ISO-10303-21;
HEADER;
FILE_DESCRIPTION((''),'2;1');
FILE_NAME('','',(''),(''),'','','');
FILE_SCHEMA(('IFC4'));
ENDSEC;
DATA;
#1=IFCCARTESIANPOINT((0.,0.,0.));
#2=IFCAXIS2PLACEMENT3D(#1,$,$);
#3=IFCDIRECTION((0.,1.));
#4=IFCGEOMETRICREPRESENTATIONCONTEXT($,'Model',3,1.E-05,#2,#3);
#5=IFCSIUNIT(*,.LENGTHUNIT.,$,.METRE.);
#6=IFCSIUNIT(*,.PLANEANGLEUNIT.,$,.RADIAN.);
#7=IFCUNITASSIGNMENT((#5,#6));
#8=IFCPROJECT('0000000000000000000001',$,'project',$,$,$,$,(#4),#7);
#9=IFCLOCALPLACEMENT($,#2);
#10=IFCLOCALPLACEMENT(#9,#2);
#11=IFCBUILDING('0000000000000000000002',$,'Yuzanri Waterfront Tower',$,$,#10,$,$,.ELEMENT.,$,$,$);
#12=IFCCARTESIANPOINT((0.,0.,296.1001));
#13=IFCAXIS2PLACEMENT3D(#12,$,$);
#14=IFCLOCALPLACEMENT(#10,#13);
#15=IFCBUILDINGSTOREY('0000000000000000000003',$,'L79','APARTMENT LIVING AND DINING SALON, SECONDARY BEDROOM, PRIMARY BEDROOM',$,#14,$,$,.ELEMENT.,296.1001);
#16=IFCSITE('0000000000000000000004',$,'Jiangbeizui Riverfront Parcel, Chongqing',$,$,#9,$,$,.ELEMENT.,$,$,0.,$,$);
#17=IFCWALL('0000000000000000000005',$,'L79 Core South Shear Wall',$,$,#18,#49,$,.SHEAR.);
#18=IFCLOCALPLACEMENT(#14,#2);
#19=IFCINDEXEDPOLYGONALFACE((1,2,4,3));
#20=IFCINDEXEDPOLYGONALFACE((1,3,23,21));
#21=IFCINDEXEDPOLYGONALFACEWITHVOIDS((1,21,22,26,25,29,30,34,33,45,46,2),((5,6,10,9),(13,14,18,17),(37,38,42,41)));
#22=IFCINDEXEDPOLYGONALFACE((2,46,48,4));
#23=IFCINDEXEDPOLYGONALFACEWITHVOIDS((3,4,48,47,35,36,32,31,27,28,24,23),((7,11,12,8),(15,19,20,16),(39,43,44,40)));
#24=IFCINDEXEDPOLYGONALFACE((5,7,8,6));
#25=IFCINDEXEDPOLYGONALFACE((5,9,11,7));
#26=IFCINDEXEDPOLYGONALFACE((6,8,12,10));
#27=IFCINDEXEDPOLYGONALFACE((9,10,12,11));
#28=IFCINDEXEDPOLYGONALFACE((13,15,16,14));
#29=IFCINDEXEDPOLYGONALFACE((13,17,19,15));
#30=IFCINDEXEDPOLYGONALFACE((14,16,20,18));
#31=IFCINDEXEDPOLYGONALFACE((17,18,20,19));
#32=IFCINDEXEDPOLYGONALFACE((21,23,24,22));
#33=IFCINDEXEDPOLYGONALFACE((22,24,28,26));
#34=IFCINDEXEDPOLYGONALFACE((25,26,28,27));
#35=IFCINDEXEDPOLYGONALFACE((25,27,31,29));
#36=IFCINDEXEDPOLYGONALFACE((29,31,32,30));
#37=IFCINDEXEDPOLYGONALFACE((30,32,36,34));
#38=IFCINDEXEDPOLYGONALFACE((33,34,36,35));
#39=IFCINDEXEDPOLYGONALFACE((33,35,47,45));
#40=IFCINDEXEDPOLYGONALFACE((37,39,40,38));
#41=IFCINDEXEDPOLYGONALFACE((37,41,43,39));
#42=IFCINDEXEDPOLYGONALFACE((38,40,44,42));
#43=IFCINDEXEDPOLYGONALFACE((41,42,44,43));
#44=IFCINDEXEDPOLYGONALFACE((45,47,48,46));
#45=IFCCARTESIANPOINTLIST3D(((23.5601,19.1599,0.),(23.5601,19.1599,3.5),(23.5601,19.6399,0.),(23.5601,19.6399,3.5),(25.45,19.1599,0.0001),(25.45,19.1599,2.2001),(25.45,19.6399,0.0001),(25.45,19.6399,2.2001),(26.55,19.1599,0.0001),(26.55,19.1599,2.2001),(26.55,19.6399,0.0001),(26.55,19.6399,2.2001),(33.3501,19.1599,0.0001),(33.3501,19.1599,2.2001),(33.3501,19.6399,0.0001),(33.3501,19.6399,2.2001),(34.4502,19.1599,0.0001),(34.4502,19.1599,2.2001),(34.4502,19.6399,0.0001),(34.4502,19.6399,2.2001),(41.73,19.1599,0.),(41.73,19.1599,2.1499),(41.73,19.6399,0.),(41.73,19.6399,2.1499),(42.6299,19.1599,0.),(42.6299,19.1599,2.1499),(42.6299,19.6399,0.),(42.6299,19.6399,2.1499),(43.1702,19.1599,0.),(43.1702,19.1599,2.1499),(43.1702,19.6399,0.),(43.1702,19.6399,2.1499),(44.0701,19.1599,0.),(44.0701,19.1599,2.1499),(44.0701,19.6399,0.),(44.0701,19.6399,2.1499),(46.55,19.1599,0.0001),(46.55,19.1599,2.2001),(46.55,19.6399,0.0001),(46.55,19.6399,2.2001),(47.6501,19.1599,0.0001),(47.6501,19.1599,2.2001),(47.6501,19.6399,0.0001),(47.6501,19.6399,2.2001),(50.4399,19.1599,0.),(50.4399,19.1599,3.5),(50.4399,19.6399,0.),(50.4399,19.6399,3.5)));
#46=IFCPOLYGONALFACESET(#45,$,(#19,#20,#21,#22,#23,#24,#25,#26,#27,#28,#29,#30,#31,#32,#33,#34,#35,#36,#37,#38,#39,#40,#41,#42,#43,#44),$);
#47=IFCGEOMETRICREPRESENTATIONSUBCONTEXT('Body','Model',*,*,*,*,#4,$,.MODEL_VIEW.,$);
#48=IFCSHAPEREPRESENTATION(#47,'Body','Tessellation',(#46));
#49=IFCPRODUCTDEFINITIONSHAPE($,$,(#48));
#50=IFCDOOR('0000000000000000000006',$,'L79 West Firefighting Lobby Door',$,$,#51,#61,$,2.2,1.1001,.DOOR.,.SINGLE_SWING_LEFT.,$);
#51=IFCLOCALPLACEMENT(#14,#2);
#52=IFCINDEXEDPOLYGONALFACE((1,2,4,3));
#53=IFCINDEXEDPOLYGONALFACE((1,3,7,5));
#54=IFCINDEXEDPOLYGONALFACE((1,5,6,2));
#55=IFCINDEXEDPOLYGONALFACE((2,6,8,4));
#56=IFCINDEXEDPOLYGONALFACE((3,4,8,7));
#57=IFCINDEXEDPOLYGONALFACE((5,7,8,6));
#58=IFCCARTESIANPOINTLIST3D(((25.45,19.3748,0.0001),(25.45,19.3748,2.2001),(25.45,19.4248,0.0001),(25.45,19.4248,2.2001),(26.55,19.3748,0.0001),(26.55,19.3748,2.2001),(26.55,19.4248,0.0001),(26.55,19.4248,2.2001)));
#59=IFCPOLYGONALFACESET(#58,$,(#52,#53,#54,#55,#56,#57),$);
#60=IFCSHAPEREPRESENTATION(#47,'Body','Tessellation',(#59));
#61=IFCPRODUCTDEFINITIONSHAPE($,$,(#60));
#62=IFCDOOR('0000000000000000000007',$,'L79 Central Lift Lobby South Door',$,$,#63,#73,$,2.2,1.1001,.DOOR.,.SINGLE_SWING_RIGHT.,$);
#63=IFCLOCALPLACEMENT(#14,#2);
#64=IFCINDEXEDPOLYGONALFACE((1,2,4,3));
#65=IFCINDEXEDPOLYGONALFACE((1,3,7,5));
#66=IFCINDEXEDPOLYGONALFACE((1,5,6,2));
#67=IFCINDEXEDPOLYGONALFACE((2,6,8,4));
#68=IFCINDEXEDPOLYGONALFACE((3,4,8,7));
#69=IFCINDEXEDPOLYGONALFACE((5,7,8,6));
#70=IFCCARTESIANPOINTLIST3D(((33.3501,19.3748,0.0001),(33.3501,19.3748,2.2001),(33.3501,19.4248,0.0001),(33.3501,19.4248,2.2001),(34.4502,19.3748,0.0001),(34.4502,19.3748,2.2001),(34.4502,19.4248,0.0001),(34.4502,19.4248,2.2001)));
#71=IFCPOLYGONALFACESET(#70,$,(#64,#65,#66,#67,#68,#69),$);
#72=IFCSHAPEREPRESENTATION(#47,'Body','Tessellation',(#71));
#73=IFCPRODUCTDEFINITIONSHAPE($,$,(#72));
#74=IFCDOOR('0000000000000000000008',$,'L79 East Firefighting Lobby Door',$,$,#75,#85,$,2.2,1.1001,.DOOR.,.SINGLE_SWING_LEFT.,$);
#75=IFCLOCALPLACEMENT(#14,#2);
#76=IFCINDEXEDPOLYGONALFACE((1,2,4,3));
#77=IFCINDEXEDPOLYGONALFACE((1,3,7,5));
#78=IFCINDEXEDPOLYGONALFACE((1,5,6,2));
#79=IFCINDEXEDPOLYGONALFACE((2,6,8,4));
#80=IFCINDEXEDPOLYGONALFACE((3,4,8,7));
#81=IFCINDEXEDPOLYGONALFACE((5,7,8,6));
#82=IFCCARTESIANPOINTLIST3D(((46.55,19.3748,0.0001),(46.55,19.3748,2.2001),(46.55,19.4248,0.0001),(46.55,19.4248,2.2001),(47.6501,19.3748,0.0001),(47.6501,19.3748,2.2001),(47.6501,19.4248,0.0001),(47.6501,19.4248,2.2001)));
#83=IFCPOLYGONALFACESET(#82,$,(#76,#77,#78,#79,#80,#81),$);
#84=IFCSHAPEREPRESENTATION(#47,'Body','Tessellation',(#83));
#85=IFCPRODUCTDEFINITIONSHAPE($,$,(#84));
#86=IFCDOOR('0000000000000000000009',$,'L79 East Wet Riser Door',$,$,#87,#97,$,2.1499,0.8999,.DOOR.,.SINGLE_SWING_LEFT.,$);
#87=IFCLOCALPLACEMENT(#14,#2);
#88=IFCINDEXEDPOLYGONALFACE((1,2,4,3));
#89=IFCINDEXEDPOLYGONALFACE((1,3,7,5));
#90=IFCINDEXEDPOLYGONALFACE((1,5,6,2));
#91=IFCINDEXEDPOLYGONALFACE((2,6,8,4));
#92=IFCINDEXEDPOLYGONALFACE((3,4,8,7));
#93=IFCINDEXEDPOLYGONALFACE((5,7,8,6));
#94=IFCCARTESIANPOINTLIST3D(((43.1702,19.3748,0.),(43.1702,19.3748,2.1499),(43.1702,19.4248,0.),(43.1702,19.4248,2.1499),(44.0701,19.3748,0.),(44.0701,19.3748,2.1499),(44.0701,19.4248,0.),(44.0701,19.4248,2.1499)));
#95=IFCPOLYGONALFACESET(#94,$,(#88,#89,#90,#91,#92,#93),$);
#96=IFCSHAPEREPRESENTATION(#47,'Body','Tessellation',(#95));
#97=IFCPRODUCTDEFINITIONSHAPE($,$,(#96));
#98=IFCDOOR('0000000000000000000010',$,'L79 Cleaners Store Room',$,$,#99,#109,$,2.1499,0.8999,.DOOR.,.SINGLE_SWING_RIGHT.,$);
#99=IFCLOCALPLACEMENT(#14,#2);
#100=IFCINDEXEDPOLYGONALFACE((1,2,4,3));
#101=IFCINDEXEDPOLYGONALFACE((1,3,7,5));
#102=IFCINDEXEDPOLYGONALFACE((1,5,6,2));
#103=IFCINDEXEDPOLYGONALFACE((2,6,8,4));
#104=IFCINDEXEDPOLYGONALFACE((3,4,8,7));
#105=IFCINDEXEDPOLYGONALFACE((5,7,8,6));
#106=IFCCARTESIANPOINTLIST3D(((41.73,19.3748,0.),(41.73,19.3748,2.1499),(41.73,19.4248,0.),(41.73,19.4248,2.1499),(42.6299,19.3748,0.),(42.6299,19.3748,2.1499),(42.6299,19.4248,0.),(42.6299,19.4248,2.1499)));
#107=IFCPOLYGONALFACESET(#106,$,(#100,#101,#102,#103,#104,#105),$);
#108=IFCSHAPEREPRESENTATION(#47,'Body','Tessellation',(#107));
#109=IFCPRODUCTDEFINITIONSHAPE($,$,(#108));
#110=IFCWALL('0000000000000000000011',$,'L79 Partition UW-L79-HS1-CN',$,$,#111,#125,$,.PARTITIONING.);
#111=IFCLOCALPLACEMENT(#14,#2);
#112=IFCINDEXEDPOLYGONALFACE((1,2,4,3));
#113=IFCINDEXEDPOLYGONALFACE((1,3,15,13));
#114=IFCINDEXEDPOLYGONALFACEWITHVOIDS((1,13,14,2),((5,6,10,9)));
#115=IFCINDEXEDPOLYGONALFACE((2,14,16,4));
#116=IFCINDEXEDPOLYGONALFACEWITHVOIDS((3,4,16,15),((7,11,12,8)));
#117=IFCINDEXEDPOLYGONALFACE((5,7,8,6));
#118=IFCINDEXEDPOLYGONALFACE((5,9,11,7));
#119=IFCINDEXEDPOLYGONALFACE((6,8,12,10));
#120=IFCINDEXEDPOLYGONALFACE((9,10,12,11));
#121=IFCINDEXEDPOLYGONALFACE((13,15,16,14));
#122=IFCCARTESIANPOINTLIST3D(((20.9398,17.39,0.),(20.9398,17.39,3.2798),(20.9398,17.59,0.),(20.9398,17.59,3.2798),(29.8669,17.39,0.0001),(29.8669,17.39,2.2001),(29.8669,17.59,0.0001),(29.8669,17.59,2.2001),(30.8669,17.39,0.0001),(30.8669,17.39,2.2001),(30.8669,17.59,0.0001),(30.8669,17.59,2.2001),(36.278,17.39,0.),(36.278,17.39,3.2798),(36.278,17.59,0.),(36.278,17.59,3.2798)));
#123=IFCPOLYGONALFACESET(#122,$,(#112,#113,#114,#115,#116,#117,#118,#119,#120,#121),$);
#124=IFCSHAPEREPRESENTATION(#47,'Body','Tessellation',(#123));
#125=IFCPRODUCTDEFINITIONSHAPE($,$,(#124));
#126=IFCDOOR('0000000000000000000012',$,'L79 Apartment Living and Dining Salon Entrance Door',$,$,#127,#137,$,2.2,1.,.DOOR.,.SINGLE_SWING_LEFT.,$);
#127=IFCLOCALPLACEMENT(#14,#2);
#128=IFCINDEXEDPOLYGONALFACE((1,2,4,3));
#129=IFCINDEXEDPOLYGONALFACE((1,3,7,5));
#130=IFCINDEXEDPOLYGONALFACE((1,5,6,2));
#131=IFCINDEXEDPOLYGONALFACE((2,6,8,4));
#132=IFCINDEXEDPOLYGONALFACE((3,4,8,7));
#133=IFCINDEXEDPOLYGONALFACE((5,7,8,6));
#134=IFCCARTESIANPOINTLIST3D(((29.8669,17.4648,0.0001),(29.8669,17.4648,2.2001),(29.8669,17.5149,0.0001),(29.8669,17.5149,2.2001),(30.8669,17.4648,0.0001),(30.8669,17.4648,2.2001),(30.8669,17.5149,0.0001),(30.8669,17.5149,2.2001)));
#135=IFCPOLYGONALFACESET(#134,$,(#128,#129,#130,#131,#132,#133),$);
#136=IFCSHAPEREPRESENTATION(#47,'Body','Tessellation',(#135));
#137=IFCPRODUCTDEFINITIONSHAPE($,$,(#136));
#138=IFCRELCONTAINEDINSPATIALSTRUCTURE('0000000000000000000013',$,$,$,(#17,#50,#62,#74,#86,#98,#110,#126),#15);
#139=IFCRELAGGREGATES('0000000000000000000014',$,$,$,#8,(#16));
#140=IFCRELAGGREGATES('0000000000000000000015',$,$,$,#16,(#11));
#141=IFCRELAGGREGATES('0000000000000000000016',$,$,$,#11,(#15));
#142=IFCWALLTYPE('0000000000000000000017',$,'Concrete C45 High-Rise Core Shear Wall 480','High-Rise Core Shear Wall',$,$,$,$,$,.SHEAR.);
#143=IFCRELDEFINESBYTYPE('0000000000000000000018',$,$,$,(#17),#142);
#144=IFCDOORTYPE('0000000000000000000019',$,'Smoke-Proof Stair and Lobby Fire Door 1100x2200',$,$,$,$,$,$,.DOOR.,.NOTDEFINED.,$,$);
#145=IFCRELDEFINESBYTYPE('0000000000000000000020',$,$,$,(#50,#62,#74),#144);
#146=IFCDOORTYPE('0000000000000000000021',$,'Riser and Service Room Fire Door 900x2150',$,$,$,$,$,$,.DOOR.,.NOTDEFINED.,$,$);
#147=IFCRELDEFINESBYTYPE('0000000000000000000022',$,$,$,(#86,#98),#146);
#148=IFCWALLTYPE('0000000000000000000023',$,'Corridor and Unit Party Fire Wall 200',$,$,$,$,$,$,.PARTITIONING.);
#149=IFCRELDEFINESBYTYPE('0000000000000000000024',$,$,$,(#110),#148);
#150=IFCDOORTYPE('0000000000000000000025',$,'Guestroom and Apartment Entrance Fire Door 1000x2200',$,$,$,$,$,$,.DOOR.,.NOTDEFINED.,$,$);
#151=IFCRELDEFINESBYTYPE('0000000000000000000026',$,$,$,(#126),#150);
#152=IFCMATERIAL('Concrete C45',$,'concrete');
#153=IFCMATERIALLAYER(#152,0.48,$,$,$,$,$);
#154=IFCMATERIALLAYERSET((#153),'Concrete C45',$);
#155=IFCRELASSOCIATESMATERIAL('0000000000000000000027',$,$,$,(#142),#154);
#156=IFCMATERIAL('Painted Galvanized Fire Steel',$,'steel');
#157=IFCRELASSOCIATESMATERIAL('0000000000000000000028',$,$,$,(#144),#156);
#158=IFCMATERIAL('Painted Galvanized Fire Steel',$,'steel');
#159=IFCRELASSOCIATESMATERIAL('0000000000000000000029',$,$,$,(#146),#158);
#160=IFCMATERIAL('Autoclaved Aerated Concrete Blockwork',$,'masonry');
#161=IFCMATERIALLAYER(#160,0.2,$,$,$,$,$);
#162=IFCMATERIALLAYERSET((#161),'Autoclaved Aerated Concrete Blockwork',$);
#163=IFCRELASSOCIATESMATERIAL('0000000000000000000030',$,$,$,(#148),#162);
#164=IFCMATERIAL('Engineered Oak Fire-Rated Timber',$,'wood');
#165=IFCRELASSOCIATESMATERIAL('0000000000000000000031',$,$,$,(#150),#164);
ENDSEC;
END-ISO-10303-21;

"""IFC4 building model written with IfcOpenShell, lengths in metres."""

from ifc_helpers import new_model, si_unit, direction, frame, frame_2d, origin, place, context, subcontext, project, spatial, rectangle, extrude, source, transform, mapped, material, layer, layer_set, type_object, element, fill, save


model = new_model("IFC4")

# Units and contexts
model_context = context("Model", 3, precision=1e-05, world=origin(), true_north=direction((0.0, 1.0)))
body_context = subcontext(model_context, "Body", "Model", "MODEL_VIEW")
ifc_project = project(units=[si_unit("LENGTHUNIT", "METRE"), si_unit("PLANEANGLEUNIT", "RADIAN")], contexts=[model_context])

# Site, building, storey
site_placement = place(None, origin())
site = spatial("IfcSite", under=ifc_project, at=site_placement, Name="Jiangbeizui Riverfront Parcel, Chongqing", CompositionType="ELEMENT", RefElevation=0.0)
building_placement = place(site_placement, origin())
building = spatial("IfcBuilding", under=site, at=building_placement, Name="Yuzanri Waterfront Tower", CompositionType="ELEMENT")
storey_placement = place(building_placement, frame((0.0, 0.0, 296.1001)))
storey = spatial("IfcBuildingStorey", under=building, at=storey_placement, Name="L79", Description="APARTMENT LIVING AND DINING SALON, SECONDARY BEDROOM, PRIMARY BEDROOM", CompositionType="ELEMENT", Elevation=296.1001)

# Wall, openings, doors
ifc_material_1 = material(Name="Concrete C45", Category="concrete")
ifc_layer_1 = layer(ifc_material_1, 0.48)
ifc_layer_set_1 = layer_set([ifc_layer_1], Name="Concrete C45")
wall_type_1 = type_object("IfcWallType", Name="Concrete C45 High-Rise Core Shear Wall 480", Description="High-Rise Core Shear Wall", PredefinedType="SHEAR", material=ifc_layer_set_1)
wall_1_placement = place(storey_placement, frame((23.5601, 19.3999, 0.0), z_axis=(0.0, 0.0, 1.0), x_axis=(1.0, 0.0, 0.0)))
wall_1 = element("IfcWall", 1, at=wall_1_placement, inside=storey, type_object=wall_type_1, Name="L79 Core South Shear Wall", PredefinedType="SHEAR", context=body_context, shape_type="SweptSolid", body=[
    extrude(rectangle(XDim=26.8799, YDim=0.48, at=frame_2d((13.4399, 0.0))), origin(), (0.0, 0.0, 1.0), 3.5),
])
opening_1_placement = place(wall_1_placement, frame((1.8899, 0.0, 0.0)))
opening_1 = element("IfcOpeningElement", 2, at=opening_1_placement, cuts=wall_1, PredefinedType="OPENING", context=body_context, shape_type="SweptSolid", body=[
    extrude(rectangle(XDim=1.1001, YDim=2.2, at=frame_2d((0.55, 1.1001))), frame((0.0, 0.2549, 0.0), z_axis=(0.0, -1.0, 0.0), x_axis=(1.0, 0.0, 0.0)), (0.0, 0.0, 1.0), 0.5098),
])
opening_2_placement = place(wall_1_placement, frame((9.79, 0.0, 0.0)))
opening_2 = element("IfcOpeningElement", 3, at=opening_2_placement, cuts=wall_1, PredefinedType="OPENING", context=body_context, shape_type="SweptSolid", body=[
    extrude(rectangle(XDim=1.1001, YDim=2.2, at=frame_2d((0.55, 1.1001))), frame((0.0, 0.2549, 0.0), z_axis=(0.0, -1.0, 0.0), x_axis=(1.0, 0.0, 0.0)), (0.0, 0.0, 1.0), 0.5098),
])
opening_3_placement = place(wall_1_placement, frame((22.99, 0.0, 0.0)))
opening_3 = element("IfcOpeningElement", 4, at=opening_3_placement, cuts=wall_1, PredefinedType="OPENING", context=body_context, shape_type="SweptSolid", body=[
    extrude(rectangle(XDim=1.1001, YDim=2.2, at=frame_2d((0.55, 1.1001))), frame((0.0, 0.2549, 0.0), z_axis=(0.0, -1.0, 0.0), x_axis=(1.0, 0.0, 0.0)), (0.0, 0.0, 1.0), 0.5098),
])
opening_4_placement = place(wall_1_placement, frame((19.6101, 0.0, 0.0)))
opening_4 = element("IfcOpeningElement", 5, at=opening_4_placement, cuts=wall_1, PredefinedType="OPENING", context=body_context, shape_type="SweptSolid", body=[
    extrude(rectangle(XDim=0.8999, YDim=2.1499, at=frame_2d((0.45, 1.075))), frame((0.0, 0.2549, 0.0), z_axis=(0.0, -1.0, 0.0), x_axis=(1.0, 0.0, 0.0)), (0.0, 0.0, 1.0), 0.5098),
])
opening_5_placement = place(wall_1_placement, frame((18.1699, 0.0, 0.0)))
opening_5 = element("IfcOpeningElement", 6, at=opening_5_placement, cuts=wall_1, PredefinedType="OPENING", context=body_context, shape_type="SweptSolid", body=[
    extrude(rectangle(XDim=0.8999, YDim=2.1499, at=frame_2d((0.45, 1.075))), frame((0.0, 0.2549, 0.0), z_axis=(0.0, -1.0, 0.0), x_axis=(1.0, 0.0, 0.0)), (0.0, 0.0, 1.0), 0.5098),
])
ifc_material_2 = material(Name="Painted Galvanized Fire Steel", Category="steel")
door_type_1 = type_object("IfcDoorType", Name="Smoke-Proof Stair and Lobby Fire Door 1100x2200", OperationType="NOTDEFINED", PredefinedType="DOOR", material=ifc_material_2)
shared_shape_1 = source(origin(), body_context, "Body", "SweptSolid", [
    extrude(rectangle(XDim=1.1001, YDim=2.2, at=frame_2d((0.55, 1.1001))), frame((0.0, 0.0249, 0.0), z_axis=(0.0, -1.0, 0.0), x_axis=(1.0, 0.0, 0.0)), (0.0, 0.0, 1.0), 0.05),
])
door_1_placement = place(opening_1_placement, origin())
door_1 = element("IfcDoor", 7, at=door_1_placement, inside=storey, type_object=door_type_1, Name="L79 West Firefighting Lobby Door", OperationType="SINGLE_SWING_LEFT", OverallHeight=2.2, OverallWidth=1.1001, PredefinedType="DOOR", context=body_context, shape_type="MappedRepresentation", body=[
    mapped(shared_shape_1, transform((0.0, 0.0, 0.0), scale=1.0)),
])
fill(opening_1, door_1)
door_2_placement = place(opening_2_placement, origin())
door_2 = element("IfcDoor", 8, at=door_2_placement, inside=storey, type_object=door_type_1, Name="L79 Central Lift Lobby South Door", OperationType="SINGLE_SWING_RIGHT", OverallHeight=2.2, OverallWidth=1.1001, PredefinedType="DOOR", context=body_context, shape_type="MappedRepresentation", body=[
    mapped(shared_shape_1, transform((0.0, 0.0, 0.0), scale=1.0)),
])
fill(opening_2, door_2)
door_3_placement = place(opening_3_placement, origin())
door_3 = element("IfcDoor", 9, at=door_3_placement, inside=storey, type_object=door_type_1, Name="L79 East Firefighting Lobby Door", OperationType="SINGLE_SWING_LEFT", OverallHeight=2.2, OverallWidth=1.1001, PredefinedType="DOOR", context=body_context, shape_type="MappedRepresentation", body=[
    mapped(shared_shape_1, transform((0.0, 0.0, 0.0), scale=1.0)),
])
fill(opening_3, door_3)
ifc_material_3 = material(Name="Painted Galvanized Fire Steel", Category="steel")
door_type_2 = type_object("IfcDoorType", Name="Riser and Service Room Fire Door 900x2150", OperationType="NOTDEFINED", PredefinedType="DOOR", material=ifc_material_3)
shared_shape_2 = source(origin(), body_context, "Body", "SweptSolid", [
    extrude(rectangle(XDim=0.8999, YDim=2.1499, at=frame_2d((0.45, 1.075))), frame((0.0, 0.0249, 0.0), z_axis=(0.0, -1.0, 0.0), x_axis=(1.0, 0.0, 0.0)), (0.0, 0.0, 1.0), 0.05),
])
door_4_placement = place(opening_4_placement, origin())
door_4 = element("IfcDoor", 10, at=door_4_placement, inside=storey, type_object=door_type_2, Name="L79 East Wet Riser Door", OperationType="SINGLE_SWING_LEFT", OverallHeight=2.1499, OverallWidth=0.8999, PredefinedType="DOOR", context=body_context, shape_type="MappedRepresentation", body=[
    mapped(shared_shape_2, transform((0.0, 0.0, 0.0), scale=1.0)),
])
fill(opening_4, door_4)
door_5_placement = place(opening_5_placement, origin())
door_5 = element("IfcDoor", 11, at=door_5_placement, inside=storey, type_object=door_type_2, Name="L79 Cleaners Store Room", OperationType="SINGLE_SWING_RIGHT", OverallHeight=2.1499, OverallWidth=0.8999, PredefinedType="DOOR", context=body_context, shape_type="MappedRepresentation", body=[
    mapped(shared_shape_2, transform((0.0, 0.0, 0.0), scale=1.0)),
])
fill(opening_5, door_5)

# Wall, opening, door
ifc_material_4 = material(Name="Autoclaved Aerated Concrete Blockwork", Category="masonry")
ifc_layer_2 = layer(ifc_material_4, 0.2)
ifc_layer_set_2 = layer_set([ifc_layer_2], Name="Autoclaved Aerated Concrete Blockwork")
wall_type_2 = type_object("IfcWallType", Name="Corridor and Unit Party Fire Wall 200", PredefinedType="PARTITIONING", material=ifc_layer_set_2)
wall_2_placement = place(storey_placement, frame((20.9399, 17.49, 0.0), z_axis=(0.0, 0.0, 1.0), x_axis=(1.0, 0.0, 0.0)))
wall_2 = element("IfcWall", 12, at=wall_2_placement, inside=storey, type_object=wall_type_2, Name="L79 Partition UW-L79-HS1-CN", PredefinedType="PARTITIONING", context=body_context, shape_type="SweptSolid", body=[
    extrude(rectangle(XDim=15.3381, YDim=0.2, at=frame_2d((7.6689, 0.0))), origin(), (0.0, 0.0, 1.0), 3.2798),
])
opening_6_placement = place(wall_2_placement, frame((8.927, 0.0, 0.0)))
opening_6 = element("IfcOpeningElement", 13, at=opening_6_placement, cuts=wall_2, PredefinedType="OPENING", context=body_context, shape_type="SweptSolid", body=[
    extrude(rectangle(XDim=1.0, YDim=2.2, at=frame_2d((0.5, 1.1001))), frame((0.0, 0.1147, 0.0), z_axis=(0.0, -1.0, 0.0), x_axis=(1.0, 0.0, 0.0)), (0.0, 0.0, 1.0), 0.2297),
])
ifc_material_5 = material(Name="Engineered Oak Fire-Rated Timber", Category="wood")
door_type_3 = type_object("IfcDoorType", Name="Guestroom and Apartment Entrance Fire Door 1000x2200", OperationType="NOTDEFINED", PredefinedType="DOOR", material=ifc_material_5)
shared_shape_3 = source(origin(), body_context, "Body", "SweptSolid", [
    extrude(rectangle(XDim=1.0, YDim=2.2, at=frame_2d((0.5, 1.1001))), frame((0.0, 0.0249, 0.0), z_axis=(0.0, -1.0, 0.0), x_axis=(1.0, 0.0, 0.0)), (0.0, 0.0, 1.0), 0.05),
])
door_6_placement = place(opening_6_placement, origin())
door_6 = element("IfcDoor", 14, at=door_6_placement, inside=storey, type_object=door_type_3, Name="L79 Apartment Living and Dining Salon Entrance Door", OperationType="SINGLE_SWING_LEFT", OverallHeight=2.2, OverallWidth=1.0, PredefinedType="DOOR", context=body_context, shape_type="MappedRepresentation", body=[
    mapped(shared_shape_3, transform((0.0, 0.0, 0.0), scale=1.0)),
])
fill(opening_6, door_6)

save(model, "model.ifc")
